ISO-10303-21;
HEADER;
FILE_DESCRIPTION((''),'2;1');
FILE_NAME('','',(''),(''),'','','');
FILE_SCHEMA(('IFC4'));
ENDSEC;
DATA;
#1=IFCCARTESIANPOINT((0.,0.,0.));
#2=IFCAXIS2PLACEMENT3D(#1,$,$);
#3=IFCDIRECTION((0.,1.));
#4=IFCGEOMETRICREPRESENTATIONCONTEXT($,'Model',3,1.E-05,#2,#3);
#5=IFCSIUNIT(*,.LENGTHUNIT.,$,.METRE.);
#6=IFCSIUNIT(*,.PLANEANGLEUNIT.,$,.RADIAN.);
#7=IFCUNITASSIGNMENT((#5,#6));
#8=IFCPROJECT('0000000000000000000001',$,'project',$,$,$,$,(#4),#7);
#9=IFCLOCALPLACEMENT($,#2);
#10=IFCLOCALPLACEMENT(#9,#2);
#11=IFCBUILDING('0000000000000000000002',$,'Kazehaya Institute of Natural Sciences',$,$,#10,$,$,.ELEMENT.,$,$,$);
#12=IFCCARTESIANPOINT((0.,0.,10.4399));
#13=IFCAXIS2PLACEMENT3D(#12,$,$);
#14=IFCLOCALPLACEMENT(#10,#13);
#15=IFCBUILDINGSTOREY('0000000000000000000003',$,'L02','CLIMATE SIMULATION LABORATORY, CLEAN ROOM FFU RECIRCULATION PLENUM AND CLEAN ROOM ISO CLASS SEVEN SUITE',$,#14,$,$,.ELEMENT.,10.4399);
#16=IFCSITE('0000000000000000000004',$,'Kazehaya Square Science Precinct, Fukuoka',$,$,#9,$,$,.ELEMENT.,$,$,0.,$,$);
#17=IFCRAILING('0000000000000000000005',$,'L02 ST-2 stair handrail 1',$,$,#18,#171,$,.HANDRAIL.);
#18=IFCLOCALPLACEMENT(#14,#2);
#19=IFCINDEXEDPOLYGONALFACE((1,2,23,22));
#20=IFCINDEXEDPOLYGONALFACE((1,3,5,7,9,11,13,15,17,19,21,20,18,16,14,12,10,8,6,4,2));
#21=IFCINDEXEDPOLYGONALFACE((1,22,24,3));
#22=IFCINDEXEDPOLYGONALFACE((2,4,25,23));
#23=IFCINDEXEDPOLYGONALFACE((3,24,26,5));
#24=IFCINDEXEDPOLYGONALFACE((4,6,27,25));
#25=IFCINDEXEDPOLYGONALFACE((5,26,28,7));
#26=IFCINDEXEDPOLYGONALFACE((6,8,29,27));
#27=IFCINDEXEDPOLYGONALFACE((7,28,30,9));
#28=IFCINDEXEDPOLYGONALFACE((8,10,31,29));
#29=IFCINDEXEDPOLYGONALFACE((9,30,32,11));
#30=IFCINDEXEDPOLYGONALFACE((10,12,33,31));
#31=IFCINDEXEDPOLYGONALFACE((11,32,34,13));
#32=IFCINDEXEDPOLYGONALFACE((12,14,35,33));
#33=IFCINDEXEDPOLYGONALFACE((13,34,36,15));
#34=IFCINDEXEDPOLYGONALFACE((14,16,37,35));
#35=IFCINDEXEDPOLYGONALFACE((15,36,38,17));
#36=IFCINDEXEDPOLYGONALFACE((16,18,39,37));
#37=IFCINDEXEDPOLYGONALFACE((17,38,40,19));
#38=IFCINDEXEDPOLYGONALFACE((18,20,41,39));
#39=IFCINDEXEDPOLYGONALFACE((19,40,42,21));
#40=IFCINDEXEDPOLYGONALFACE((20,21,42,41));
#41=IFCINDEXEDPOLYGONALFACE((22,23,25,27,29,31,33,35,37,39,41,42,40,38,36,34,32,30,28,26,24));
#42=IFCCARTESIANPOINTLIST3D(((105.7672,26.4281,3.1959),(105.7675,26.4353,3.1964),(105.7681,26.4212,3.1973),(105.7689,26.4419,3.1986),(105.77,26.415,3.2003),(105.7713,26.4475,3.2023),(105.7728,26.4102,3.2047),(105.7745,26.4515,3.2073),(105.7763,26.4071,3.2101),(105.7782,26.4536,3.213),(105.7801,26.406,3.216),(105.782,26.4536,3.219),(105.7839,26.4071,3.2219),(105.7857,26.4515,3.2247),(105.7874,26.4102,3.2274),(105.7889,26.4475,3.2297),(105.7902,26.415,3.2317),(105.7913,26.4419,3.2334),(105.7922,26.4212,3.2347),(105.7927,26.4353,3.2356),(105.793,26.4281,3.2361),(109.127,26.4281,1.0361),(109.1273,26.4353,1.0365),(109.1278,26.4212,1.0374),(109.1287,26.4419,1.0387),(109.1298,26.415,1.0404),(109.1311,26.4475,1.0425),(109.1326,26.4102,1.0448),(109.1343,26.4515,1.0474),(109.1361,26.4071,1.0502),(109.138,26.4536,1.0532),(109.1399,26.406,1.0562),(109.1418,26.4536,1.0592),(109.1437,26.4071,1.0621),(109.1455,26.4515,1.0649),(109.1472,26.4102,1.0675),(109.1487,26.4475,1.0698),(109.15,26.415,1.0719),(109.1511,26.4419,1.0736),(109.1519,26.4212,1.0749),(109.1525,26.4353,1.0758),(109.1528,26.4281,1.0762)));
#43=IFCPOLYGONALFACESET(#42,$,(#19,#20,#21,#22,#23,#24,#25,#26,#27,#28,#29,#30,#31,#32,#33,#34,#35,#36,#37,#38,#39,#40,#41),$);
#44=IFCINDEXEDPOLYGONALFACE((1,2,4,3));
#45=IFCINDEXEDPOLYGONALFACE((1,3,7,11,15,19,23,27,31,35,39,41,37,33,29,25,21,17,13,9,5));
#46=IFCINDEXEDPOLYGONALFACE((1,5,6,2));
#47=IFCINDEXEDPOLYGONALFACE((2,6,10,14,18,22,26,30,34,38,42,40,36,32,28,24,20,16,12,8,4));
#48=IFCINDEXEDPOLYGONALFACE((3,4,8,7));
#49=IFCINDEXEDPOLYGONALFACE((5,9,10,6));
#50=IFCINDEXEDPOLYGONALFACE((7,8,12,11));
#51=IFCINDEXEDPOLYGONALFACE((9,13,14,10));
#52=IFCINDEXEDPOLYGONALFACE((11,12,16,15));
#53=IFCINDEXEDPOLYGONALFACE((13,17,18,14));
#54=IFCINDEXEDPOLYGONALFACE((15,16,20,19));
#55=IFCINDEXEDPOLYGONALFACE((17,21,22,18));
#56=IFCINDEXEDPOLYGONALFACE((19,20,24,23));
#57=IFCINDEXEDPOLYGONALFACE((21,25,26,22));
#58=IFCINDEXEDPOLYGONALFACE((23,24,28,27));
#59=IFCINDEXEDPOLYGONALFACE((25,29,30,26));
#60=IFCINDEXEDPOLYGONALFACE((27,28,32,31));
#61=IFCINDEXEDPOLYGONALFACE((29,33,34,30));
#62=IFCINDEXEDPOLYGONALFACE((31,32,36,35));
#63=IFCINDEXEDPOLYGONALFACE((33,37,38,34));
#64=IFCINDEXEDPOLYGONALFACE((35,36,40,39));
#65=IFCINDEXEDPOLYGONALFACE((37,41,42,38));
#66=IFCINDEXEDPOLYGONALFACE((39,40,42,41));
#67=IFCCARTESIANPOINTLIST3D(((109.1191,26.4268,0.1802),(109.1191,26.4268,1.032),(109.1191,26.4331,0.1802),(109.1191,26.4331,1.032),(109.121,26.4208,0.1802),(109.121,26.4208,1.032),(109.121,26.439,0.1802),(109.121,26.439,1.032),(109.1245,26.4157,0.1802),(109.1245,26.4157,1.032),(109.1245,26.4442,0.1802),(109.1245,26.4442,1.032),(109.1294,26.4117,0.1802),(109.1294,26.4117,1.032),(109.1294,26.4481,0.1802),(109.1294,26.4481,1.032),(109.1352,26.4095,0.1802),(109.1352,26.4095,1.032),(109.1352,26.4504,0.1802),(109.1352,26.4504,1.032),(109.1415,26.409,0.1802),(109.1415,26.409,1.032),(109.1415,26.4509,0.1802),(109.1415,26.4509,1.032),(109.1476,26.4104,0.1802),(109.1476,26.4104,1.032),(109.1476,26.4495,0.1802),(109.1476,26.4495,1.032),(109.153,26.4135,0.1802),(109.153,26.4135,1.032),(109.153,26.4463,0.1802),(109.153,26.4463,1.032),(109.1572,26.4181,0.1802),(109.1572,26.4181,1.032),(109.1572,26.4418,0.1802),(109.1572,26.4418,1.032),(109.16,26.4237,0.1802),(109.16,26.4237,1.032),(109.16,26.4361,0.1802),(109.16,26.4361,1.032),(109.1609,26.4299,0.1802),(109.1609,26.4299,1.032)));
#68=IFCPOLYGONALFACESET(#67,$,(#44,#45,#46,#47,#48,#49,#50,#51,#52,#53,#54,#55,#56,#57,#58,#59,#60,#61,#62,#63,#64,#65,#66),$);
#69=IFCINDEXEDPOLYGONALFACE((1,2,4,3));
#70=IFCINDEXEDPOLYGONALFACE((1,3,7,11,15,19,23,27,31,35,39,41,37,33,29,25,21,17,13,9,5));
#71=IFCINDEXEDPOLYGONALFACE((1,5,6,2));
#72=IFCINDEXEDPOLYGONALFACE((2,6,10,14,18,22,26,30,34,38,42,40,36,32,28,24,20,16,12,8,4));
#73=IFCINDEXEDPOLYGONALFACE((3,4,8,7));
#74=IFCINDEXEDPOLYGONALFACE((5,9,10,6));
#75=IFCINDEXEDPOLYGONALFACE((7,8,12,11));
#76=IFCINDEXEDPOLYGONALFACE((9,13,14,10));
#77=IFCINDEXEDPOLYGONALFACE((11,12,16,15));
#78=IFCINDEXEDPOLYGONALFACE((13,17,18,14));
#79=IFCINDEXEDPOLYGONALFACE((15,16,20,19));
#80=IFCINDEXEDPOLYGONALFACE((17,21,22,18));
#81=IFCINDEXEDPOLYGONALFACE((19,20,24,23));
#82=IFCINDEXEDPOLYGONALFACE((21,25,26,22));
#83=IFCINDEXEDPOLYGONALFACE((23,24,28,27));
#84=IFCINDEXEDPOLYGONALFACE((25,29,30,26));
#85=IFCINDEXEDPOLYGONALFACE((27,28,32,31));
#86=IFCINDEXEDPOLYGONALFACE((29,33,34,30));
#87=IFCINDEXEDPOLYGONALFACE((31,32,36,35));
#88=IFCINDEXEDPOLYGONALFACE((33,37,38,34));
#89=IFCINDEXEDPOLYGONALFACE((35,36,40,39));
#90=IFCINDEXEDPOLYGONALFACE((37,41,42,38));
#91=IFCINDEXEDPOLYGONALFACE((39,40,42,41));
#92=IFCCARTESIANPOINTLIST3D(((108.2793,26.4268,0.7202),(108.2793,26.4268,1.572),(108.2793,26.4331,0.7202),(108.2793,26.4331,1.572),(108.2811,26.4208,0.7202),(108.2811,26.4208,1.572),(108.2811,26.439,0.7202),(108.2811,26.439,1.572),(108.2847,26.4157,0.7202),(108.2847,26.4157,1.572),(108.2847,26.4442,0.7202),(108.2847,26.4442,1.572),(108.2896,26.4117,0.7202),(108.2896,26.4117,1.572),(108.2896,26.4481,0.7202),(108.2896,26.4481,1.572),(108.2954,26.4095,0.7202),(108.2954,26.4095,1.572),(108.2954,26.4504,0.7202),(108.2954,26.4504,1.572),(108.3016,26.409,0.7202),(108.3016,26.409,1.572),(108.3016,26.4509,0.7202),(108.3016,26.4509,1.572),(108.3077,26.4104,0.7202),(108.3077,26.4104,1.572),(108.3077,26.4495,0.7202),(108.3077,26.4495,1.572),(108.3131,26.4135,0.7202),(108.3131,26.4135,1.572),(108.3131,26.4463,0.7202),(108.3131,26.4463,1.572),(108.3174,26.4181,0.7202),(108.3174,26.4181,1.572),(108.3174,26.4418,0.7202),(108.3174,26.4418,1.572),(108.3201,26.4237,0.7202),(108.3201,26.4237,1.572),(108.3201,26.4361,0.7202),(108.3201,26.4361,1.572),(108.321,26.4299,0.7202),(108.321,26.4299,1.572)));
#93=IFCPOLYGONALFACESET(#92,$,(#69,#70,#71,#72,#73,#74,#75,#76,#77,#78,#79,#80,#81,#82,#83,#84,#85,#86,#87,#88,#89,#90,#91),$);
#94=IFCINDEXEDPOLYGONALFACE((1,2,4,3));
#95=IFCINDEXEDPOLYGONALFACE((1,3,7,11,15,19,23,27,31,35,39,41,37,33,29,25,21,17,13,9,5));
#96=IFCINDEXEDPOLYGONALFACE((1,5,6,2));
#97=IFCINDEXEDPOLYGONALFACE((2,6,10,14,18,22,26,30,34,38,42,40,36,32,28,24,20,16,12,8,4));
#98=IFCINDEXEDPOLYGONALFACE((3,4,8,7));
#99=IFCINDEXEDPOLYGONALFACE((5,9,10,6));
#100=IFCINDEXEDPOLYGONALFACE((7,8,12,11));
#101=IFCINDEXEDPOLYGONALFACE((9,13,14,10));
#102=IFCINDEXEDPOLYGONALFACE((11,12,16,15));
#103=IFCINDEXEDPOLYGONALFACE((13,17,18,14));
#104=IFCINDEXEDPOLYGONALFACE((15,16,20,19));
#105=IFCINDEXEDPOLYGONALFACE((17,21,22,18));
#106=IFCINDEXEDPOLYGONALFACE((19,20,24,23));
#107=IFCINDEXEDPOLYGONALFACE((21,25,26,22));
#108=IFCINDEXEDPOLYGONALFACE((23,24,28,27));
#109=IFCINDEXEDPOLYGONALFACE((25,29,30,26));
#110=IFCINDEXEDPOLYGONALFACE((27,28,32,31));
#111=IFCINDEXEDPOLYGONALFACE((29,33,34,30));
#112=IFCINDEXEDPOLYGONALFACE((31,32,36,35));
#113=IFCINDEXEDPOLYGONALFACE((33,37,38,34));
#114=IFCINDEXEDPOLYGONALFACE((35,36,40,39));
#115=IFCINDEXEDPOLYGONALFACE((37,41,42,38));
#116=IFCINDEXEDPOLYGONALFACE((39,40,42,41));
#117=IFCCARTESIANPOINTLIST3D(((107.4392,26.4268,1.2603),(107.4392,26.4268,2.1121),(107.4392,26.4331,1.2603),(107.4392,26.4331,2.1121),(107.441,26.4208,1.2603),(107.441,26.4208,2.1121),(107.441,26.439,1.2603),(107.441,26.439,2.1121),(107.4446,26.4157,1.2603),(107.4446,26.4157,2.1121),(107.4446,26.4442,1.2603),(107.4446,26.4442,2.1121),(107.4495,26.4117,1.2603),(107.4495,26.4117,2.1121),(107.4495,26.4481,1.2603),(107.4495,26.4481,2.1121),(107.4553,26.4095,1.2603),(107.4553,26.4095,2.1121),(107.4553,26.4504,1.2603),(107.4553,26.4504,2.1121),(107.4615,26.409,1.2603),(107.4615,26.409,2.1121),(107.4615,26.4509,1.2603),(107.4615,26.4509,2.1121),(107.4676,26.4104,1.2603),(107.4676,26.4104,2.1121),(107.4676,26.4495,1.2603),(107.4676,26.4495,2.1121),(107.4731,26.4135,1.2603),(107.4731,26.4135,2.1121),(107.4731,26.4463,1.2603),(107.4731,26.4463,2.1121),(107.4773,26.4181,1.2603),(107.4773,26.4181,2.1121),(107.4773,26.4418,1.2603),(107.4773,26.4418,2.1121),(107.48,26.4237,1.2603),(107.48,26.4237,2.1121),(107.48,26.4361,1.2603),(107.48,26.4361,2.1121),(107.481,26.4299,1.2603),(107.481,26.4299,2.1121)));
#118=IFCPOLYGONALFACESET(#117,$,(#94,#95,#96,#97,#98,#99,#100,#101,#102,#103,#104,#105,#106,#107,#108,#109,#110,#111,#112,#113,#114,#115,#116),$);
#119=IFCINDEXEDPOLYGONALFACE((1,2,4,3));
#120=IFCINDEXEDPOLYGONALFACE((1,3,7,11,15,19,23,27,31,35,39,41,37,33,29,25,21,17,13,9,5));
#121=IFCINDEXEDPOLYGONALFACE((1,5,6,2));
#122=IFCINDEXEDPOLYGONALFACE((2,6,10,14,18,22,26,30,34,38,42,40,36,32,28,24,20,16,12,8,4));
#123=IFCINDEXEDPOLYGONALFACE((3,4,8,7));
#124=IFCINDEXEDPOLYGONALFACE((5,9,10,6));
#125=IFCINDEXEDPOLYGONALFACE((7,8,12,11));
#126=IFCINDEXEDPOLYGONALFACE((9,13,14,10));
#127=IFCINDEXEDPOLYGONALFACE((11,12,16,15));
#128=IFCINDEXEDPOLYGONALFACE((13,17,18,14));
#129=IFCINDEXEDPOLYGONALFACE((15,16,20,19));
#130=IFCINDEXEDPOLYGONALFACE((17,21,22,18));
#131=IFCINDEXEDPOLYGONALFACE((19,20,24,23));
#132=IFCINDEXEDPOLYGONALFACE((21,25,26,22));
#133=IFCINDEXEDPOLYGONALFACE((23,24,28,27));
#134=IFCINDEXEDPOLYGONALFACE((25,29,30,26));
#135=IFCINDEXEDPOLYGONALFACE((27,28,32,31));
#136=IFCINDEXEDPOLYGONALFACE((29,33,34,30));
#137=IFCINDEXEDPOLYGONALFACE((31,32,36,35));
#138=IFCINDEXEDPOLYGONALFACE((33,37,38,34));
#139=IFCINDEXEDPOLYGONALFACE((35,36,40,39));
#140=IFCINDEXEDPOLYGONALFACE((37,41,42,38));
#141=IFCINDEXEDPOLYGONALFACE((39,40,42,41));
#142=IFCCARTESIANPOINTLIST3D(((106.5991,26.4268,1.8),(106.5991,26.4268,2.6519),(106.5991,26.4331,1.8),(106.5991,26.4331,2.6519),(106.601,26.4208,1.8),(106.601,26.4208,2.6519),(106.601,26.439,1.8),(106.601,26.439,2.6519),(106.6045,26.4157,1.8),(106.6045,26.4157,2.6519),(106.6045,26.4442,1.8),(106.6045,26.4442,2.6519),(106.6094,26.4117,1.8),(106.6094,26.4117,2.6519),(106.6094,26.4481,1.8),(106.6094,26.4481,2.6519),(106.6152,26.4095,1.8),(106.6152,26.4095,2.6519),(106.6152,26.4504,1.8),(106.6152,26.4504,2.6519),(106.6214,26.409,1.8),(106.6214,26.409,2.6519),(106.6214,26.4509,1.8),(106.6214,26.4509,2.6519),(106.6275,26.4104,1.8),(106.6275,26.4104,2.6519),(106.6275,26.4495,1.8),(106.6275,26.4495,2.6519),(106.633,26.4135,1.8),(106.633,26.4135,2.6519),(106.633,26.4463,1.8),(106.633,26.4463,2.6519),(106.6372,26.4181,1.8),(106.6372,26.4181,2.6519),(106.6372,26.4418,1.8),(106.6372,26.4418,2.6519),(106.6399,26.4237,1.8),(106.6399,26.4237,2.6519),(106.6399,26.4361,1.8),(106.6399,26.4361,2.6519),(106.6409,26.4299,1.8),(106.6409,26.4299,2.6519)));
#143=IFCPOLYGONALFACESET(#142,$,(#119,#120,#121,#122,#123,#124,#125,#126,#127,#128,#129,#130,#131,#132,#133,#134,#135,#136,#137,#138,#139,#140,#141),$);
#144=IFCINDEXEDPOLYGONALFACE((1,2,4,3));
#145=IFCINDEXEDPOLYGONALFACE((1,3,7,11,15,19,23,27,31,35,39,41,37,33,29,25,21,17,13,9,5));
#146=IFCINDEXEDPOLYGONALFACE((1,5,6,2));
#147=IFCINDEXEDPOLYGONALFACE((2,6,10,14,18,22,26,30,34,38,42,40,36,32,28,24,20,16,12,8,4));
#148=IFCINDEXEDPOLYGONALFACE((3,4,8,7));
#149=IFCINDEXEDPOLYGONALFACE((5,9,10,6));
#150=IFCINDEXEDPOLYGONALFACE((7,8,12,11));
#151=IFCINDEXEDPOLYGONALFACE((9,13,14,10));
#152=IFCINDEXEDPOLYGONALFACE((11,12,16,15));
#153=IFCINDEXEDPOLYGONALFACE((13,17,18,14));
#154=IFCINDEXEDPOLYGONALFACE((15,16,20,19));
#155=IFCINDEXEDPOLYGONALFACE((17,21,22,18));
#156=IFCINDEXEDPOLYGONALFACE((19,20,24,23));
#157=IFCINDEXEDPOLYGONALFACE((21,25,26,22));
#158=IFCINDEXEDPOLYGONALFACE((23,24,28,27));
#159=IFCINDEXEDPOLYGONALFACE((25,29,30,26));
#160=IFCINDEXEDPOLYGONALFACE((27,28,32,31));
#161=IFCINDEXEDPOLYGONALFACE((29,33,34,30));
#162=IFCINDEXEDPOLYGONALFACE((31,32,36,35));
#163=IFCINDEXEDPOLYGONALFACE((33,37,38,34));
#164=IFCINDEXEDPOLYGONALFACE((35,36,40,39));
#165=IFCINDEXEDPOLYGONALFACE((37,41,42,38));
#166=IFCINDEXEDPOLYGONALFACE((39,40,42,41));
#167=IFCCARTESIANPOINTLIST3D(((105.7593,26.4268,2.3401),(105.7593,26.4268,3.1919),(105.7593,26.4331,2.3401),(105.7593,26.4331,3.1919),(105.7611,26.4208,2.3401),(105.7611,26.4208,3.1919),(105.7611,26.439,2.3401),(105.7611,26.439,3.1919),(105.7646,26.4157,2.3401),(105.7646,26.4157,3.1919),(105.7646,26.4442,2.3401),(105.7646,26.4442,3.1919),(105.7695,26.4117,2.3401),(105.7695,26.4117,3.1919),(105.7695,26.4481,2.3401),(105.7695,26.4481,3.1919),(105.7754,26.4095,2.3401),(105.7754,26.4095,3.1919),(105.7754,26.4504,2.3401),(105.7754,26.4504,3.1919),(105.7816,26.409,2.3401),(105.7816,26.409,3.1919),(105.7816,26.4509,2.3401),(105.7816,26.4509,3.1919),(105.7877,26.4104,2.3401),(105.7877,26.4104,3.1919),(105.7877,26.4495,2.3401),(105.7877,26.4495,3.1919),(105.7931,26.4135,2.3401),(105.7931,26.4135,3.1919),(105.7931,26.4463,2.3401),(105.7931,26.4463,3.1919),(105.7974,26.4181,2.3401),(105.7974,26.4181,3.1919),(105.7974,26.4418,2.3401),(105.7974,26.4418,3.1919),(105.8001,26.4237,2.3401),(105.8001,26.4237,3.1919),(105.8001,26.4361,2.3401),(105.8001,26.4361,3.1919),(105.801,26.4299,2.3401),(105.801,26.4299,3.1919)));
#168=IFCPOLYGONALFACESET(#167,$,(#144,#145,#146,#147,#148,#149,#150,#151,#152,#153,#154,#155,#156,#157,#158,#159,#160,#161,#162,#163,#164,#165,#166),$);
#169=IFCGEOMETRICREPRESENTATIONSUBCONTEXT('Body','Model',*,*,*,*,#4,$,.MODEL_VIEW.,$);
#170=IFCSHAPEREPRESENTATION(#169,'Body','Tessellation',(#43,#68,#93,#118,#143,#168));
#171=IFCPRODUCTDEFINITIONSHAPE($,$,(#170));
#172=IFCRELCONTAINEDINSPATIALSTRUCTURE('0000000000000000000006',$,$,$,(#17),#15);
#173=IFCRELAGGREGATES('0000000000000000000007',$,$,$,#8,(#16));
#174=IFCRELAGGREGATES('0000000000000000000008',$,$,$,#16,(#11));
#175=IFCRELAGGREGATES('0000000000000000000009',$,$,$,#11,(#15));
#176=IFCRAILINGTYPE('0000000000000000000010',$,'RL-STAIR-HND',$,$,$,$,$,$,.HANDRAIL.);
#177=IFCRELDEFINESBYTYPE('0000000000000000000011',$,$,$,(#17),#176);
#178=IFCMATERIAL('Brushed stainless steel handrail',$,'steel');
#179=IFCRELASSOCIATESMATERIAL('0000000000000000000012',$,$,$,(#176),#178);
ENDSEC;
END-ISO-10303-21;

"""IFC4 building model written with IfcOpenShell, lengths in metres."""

from ifc_helpers import new_model, si_unit, direction, frame, origin, origin_2d, place, context, subcontext, project, spatial, circle, extrude, material, type_object, element, save


model = new_model("IFC4")

# Units and contexts
model_context = context("Model", 3, precision=1e-05, world=origin(), true_north=direction((0.0, 1.0)))
body_context = subcontext(model_context, "Body", "Model", "MODEL_VIEW")
ifc_project = project(units=[si_unit("LENGTHUNIT", "METRE"), si_unit("PLANEANGLEUNIT", "RADIAN")], contexts=[model_context])

# Site, building, storey
site_placement = place(None, origin())
site = spatial("IfcSite", under=ifc_project, at=site_placement, Name="Kazehaya Square Science Precinct, Fukuoka", CompositionType="ELEMENT", RefElevation=0.0)
building_placement = place(site_placement, origin())
building = spatial("IfcBuilding", under=site, at=building_placement, Name="Kazehaya Institute of Natural Sciences", CompositionType="ELEMENT")
storey_placement = place(building_placement, frame((0.0, 0.0, 10.4399)))
storey = spatial("IfcBuildingStorey", under=building, at=storey_placement, Name="L02", Description="CLIMATE SIMULATION LABORATORY, CLEAN ROOM FFU RECIRCULATION PLENUM AND CLEAN ROOM ISO CLASS SEVEN SUITE", CompositionType="ELEMENT", Elevation=10.4399)

# Railing
ifc_material_1 = material(Name="Brushed stainless steel handrail", Category="steel")
railing_type_1 = type_object("IfcRailingType", Name="RL-STAIR-HND", PredefinedType="HANDRAIL", material=ifc_material_1)
railing_1_placement = place(storey_placement, frame((109.1399, 26.4299, 0.1802)))
element("IfcRailing", 1, at=railing_1_placement, inside=storey, type_object=railing_type_1, Name="L02 ST-2 stair handrail 1", PredefinedType="HANDRAIL", context=body_context, shape_type="SweptSolid", body=[
    extrude(circle(Radius=0.0239, at=origin_2d()), frame((0.0, 0.0, 0.876), z_axis=(-0.841178, 0.0, 0.540758), x_axis=(0.0, -1.0, 0.0)), (0.0, 0.0, 1.0), 3.9941),
    extrude(circle(Radius=0.021, at=origin_2d()), origin(), (0.0, 0.0, 1.0), 0.8518),
    extrude(circle(Radius=0.021, at=origin_2d()), frame((-0.8398, 0.0, 0.54)), (0.0, 0.0, 1.0), 0.8518),
    extrude(circle(Radius=0.021, at=origin_2d()), frame((-1.6799, 0.0, 1.0801)), (0.0, 0.0, 1.0), 0.8518),
    extrude(circle(Radius=0.021, at=origin_2d()), frame((-2.52, 0.0, 1.6199)), (0.0, 0.0, 1.0), 0.8518),
    extrude(circle(Radius=0.021, at=origin_2d()), frame((-3.3599, 0.0, 2.1599)), (0.0, 0.0, 1.0), 0.8518),
])

save(model, "model.ifc")
